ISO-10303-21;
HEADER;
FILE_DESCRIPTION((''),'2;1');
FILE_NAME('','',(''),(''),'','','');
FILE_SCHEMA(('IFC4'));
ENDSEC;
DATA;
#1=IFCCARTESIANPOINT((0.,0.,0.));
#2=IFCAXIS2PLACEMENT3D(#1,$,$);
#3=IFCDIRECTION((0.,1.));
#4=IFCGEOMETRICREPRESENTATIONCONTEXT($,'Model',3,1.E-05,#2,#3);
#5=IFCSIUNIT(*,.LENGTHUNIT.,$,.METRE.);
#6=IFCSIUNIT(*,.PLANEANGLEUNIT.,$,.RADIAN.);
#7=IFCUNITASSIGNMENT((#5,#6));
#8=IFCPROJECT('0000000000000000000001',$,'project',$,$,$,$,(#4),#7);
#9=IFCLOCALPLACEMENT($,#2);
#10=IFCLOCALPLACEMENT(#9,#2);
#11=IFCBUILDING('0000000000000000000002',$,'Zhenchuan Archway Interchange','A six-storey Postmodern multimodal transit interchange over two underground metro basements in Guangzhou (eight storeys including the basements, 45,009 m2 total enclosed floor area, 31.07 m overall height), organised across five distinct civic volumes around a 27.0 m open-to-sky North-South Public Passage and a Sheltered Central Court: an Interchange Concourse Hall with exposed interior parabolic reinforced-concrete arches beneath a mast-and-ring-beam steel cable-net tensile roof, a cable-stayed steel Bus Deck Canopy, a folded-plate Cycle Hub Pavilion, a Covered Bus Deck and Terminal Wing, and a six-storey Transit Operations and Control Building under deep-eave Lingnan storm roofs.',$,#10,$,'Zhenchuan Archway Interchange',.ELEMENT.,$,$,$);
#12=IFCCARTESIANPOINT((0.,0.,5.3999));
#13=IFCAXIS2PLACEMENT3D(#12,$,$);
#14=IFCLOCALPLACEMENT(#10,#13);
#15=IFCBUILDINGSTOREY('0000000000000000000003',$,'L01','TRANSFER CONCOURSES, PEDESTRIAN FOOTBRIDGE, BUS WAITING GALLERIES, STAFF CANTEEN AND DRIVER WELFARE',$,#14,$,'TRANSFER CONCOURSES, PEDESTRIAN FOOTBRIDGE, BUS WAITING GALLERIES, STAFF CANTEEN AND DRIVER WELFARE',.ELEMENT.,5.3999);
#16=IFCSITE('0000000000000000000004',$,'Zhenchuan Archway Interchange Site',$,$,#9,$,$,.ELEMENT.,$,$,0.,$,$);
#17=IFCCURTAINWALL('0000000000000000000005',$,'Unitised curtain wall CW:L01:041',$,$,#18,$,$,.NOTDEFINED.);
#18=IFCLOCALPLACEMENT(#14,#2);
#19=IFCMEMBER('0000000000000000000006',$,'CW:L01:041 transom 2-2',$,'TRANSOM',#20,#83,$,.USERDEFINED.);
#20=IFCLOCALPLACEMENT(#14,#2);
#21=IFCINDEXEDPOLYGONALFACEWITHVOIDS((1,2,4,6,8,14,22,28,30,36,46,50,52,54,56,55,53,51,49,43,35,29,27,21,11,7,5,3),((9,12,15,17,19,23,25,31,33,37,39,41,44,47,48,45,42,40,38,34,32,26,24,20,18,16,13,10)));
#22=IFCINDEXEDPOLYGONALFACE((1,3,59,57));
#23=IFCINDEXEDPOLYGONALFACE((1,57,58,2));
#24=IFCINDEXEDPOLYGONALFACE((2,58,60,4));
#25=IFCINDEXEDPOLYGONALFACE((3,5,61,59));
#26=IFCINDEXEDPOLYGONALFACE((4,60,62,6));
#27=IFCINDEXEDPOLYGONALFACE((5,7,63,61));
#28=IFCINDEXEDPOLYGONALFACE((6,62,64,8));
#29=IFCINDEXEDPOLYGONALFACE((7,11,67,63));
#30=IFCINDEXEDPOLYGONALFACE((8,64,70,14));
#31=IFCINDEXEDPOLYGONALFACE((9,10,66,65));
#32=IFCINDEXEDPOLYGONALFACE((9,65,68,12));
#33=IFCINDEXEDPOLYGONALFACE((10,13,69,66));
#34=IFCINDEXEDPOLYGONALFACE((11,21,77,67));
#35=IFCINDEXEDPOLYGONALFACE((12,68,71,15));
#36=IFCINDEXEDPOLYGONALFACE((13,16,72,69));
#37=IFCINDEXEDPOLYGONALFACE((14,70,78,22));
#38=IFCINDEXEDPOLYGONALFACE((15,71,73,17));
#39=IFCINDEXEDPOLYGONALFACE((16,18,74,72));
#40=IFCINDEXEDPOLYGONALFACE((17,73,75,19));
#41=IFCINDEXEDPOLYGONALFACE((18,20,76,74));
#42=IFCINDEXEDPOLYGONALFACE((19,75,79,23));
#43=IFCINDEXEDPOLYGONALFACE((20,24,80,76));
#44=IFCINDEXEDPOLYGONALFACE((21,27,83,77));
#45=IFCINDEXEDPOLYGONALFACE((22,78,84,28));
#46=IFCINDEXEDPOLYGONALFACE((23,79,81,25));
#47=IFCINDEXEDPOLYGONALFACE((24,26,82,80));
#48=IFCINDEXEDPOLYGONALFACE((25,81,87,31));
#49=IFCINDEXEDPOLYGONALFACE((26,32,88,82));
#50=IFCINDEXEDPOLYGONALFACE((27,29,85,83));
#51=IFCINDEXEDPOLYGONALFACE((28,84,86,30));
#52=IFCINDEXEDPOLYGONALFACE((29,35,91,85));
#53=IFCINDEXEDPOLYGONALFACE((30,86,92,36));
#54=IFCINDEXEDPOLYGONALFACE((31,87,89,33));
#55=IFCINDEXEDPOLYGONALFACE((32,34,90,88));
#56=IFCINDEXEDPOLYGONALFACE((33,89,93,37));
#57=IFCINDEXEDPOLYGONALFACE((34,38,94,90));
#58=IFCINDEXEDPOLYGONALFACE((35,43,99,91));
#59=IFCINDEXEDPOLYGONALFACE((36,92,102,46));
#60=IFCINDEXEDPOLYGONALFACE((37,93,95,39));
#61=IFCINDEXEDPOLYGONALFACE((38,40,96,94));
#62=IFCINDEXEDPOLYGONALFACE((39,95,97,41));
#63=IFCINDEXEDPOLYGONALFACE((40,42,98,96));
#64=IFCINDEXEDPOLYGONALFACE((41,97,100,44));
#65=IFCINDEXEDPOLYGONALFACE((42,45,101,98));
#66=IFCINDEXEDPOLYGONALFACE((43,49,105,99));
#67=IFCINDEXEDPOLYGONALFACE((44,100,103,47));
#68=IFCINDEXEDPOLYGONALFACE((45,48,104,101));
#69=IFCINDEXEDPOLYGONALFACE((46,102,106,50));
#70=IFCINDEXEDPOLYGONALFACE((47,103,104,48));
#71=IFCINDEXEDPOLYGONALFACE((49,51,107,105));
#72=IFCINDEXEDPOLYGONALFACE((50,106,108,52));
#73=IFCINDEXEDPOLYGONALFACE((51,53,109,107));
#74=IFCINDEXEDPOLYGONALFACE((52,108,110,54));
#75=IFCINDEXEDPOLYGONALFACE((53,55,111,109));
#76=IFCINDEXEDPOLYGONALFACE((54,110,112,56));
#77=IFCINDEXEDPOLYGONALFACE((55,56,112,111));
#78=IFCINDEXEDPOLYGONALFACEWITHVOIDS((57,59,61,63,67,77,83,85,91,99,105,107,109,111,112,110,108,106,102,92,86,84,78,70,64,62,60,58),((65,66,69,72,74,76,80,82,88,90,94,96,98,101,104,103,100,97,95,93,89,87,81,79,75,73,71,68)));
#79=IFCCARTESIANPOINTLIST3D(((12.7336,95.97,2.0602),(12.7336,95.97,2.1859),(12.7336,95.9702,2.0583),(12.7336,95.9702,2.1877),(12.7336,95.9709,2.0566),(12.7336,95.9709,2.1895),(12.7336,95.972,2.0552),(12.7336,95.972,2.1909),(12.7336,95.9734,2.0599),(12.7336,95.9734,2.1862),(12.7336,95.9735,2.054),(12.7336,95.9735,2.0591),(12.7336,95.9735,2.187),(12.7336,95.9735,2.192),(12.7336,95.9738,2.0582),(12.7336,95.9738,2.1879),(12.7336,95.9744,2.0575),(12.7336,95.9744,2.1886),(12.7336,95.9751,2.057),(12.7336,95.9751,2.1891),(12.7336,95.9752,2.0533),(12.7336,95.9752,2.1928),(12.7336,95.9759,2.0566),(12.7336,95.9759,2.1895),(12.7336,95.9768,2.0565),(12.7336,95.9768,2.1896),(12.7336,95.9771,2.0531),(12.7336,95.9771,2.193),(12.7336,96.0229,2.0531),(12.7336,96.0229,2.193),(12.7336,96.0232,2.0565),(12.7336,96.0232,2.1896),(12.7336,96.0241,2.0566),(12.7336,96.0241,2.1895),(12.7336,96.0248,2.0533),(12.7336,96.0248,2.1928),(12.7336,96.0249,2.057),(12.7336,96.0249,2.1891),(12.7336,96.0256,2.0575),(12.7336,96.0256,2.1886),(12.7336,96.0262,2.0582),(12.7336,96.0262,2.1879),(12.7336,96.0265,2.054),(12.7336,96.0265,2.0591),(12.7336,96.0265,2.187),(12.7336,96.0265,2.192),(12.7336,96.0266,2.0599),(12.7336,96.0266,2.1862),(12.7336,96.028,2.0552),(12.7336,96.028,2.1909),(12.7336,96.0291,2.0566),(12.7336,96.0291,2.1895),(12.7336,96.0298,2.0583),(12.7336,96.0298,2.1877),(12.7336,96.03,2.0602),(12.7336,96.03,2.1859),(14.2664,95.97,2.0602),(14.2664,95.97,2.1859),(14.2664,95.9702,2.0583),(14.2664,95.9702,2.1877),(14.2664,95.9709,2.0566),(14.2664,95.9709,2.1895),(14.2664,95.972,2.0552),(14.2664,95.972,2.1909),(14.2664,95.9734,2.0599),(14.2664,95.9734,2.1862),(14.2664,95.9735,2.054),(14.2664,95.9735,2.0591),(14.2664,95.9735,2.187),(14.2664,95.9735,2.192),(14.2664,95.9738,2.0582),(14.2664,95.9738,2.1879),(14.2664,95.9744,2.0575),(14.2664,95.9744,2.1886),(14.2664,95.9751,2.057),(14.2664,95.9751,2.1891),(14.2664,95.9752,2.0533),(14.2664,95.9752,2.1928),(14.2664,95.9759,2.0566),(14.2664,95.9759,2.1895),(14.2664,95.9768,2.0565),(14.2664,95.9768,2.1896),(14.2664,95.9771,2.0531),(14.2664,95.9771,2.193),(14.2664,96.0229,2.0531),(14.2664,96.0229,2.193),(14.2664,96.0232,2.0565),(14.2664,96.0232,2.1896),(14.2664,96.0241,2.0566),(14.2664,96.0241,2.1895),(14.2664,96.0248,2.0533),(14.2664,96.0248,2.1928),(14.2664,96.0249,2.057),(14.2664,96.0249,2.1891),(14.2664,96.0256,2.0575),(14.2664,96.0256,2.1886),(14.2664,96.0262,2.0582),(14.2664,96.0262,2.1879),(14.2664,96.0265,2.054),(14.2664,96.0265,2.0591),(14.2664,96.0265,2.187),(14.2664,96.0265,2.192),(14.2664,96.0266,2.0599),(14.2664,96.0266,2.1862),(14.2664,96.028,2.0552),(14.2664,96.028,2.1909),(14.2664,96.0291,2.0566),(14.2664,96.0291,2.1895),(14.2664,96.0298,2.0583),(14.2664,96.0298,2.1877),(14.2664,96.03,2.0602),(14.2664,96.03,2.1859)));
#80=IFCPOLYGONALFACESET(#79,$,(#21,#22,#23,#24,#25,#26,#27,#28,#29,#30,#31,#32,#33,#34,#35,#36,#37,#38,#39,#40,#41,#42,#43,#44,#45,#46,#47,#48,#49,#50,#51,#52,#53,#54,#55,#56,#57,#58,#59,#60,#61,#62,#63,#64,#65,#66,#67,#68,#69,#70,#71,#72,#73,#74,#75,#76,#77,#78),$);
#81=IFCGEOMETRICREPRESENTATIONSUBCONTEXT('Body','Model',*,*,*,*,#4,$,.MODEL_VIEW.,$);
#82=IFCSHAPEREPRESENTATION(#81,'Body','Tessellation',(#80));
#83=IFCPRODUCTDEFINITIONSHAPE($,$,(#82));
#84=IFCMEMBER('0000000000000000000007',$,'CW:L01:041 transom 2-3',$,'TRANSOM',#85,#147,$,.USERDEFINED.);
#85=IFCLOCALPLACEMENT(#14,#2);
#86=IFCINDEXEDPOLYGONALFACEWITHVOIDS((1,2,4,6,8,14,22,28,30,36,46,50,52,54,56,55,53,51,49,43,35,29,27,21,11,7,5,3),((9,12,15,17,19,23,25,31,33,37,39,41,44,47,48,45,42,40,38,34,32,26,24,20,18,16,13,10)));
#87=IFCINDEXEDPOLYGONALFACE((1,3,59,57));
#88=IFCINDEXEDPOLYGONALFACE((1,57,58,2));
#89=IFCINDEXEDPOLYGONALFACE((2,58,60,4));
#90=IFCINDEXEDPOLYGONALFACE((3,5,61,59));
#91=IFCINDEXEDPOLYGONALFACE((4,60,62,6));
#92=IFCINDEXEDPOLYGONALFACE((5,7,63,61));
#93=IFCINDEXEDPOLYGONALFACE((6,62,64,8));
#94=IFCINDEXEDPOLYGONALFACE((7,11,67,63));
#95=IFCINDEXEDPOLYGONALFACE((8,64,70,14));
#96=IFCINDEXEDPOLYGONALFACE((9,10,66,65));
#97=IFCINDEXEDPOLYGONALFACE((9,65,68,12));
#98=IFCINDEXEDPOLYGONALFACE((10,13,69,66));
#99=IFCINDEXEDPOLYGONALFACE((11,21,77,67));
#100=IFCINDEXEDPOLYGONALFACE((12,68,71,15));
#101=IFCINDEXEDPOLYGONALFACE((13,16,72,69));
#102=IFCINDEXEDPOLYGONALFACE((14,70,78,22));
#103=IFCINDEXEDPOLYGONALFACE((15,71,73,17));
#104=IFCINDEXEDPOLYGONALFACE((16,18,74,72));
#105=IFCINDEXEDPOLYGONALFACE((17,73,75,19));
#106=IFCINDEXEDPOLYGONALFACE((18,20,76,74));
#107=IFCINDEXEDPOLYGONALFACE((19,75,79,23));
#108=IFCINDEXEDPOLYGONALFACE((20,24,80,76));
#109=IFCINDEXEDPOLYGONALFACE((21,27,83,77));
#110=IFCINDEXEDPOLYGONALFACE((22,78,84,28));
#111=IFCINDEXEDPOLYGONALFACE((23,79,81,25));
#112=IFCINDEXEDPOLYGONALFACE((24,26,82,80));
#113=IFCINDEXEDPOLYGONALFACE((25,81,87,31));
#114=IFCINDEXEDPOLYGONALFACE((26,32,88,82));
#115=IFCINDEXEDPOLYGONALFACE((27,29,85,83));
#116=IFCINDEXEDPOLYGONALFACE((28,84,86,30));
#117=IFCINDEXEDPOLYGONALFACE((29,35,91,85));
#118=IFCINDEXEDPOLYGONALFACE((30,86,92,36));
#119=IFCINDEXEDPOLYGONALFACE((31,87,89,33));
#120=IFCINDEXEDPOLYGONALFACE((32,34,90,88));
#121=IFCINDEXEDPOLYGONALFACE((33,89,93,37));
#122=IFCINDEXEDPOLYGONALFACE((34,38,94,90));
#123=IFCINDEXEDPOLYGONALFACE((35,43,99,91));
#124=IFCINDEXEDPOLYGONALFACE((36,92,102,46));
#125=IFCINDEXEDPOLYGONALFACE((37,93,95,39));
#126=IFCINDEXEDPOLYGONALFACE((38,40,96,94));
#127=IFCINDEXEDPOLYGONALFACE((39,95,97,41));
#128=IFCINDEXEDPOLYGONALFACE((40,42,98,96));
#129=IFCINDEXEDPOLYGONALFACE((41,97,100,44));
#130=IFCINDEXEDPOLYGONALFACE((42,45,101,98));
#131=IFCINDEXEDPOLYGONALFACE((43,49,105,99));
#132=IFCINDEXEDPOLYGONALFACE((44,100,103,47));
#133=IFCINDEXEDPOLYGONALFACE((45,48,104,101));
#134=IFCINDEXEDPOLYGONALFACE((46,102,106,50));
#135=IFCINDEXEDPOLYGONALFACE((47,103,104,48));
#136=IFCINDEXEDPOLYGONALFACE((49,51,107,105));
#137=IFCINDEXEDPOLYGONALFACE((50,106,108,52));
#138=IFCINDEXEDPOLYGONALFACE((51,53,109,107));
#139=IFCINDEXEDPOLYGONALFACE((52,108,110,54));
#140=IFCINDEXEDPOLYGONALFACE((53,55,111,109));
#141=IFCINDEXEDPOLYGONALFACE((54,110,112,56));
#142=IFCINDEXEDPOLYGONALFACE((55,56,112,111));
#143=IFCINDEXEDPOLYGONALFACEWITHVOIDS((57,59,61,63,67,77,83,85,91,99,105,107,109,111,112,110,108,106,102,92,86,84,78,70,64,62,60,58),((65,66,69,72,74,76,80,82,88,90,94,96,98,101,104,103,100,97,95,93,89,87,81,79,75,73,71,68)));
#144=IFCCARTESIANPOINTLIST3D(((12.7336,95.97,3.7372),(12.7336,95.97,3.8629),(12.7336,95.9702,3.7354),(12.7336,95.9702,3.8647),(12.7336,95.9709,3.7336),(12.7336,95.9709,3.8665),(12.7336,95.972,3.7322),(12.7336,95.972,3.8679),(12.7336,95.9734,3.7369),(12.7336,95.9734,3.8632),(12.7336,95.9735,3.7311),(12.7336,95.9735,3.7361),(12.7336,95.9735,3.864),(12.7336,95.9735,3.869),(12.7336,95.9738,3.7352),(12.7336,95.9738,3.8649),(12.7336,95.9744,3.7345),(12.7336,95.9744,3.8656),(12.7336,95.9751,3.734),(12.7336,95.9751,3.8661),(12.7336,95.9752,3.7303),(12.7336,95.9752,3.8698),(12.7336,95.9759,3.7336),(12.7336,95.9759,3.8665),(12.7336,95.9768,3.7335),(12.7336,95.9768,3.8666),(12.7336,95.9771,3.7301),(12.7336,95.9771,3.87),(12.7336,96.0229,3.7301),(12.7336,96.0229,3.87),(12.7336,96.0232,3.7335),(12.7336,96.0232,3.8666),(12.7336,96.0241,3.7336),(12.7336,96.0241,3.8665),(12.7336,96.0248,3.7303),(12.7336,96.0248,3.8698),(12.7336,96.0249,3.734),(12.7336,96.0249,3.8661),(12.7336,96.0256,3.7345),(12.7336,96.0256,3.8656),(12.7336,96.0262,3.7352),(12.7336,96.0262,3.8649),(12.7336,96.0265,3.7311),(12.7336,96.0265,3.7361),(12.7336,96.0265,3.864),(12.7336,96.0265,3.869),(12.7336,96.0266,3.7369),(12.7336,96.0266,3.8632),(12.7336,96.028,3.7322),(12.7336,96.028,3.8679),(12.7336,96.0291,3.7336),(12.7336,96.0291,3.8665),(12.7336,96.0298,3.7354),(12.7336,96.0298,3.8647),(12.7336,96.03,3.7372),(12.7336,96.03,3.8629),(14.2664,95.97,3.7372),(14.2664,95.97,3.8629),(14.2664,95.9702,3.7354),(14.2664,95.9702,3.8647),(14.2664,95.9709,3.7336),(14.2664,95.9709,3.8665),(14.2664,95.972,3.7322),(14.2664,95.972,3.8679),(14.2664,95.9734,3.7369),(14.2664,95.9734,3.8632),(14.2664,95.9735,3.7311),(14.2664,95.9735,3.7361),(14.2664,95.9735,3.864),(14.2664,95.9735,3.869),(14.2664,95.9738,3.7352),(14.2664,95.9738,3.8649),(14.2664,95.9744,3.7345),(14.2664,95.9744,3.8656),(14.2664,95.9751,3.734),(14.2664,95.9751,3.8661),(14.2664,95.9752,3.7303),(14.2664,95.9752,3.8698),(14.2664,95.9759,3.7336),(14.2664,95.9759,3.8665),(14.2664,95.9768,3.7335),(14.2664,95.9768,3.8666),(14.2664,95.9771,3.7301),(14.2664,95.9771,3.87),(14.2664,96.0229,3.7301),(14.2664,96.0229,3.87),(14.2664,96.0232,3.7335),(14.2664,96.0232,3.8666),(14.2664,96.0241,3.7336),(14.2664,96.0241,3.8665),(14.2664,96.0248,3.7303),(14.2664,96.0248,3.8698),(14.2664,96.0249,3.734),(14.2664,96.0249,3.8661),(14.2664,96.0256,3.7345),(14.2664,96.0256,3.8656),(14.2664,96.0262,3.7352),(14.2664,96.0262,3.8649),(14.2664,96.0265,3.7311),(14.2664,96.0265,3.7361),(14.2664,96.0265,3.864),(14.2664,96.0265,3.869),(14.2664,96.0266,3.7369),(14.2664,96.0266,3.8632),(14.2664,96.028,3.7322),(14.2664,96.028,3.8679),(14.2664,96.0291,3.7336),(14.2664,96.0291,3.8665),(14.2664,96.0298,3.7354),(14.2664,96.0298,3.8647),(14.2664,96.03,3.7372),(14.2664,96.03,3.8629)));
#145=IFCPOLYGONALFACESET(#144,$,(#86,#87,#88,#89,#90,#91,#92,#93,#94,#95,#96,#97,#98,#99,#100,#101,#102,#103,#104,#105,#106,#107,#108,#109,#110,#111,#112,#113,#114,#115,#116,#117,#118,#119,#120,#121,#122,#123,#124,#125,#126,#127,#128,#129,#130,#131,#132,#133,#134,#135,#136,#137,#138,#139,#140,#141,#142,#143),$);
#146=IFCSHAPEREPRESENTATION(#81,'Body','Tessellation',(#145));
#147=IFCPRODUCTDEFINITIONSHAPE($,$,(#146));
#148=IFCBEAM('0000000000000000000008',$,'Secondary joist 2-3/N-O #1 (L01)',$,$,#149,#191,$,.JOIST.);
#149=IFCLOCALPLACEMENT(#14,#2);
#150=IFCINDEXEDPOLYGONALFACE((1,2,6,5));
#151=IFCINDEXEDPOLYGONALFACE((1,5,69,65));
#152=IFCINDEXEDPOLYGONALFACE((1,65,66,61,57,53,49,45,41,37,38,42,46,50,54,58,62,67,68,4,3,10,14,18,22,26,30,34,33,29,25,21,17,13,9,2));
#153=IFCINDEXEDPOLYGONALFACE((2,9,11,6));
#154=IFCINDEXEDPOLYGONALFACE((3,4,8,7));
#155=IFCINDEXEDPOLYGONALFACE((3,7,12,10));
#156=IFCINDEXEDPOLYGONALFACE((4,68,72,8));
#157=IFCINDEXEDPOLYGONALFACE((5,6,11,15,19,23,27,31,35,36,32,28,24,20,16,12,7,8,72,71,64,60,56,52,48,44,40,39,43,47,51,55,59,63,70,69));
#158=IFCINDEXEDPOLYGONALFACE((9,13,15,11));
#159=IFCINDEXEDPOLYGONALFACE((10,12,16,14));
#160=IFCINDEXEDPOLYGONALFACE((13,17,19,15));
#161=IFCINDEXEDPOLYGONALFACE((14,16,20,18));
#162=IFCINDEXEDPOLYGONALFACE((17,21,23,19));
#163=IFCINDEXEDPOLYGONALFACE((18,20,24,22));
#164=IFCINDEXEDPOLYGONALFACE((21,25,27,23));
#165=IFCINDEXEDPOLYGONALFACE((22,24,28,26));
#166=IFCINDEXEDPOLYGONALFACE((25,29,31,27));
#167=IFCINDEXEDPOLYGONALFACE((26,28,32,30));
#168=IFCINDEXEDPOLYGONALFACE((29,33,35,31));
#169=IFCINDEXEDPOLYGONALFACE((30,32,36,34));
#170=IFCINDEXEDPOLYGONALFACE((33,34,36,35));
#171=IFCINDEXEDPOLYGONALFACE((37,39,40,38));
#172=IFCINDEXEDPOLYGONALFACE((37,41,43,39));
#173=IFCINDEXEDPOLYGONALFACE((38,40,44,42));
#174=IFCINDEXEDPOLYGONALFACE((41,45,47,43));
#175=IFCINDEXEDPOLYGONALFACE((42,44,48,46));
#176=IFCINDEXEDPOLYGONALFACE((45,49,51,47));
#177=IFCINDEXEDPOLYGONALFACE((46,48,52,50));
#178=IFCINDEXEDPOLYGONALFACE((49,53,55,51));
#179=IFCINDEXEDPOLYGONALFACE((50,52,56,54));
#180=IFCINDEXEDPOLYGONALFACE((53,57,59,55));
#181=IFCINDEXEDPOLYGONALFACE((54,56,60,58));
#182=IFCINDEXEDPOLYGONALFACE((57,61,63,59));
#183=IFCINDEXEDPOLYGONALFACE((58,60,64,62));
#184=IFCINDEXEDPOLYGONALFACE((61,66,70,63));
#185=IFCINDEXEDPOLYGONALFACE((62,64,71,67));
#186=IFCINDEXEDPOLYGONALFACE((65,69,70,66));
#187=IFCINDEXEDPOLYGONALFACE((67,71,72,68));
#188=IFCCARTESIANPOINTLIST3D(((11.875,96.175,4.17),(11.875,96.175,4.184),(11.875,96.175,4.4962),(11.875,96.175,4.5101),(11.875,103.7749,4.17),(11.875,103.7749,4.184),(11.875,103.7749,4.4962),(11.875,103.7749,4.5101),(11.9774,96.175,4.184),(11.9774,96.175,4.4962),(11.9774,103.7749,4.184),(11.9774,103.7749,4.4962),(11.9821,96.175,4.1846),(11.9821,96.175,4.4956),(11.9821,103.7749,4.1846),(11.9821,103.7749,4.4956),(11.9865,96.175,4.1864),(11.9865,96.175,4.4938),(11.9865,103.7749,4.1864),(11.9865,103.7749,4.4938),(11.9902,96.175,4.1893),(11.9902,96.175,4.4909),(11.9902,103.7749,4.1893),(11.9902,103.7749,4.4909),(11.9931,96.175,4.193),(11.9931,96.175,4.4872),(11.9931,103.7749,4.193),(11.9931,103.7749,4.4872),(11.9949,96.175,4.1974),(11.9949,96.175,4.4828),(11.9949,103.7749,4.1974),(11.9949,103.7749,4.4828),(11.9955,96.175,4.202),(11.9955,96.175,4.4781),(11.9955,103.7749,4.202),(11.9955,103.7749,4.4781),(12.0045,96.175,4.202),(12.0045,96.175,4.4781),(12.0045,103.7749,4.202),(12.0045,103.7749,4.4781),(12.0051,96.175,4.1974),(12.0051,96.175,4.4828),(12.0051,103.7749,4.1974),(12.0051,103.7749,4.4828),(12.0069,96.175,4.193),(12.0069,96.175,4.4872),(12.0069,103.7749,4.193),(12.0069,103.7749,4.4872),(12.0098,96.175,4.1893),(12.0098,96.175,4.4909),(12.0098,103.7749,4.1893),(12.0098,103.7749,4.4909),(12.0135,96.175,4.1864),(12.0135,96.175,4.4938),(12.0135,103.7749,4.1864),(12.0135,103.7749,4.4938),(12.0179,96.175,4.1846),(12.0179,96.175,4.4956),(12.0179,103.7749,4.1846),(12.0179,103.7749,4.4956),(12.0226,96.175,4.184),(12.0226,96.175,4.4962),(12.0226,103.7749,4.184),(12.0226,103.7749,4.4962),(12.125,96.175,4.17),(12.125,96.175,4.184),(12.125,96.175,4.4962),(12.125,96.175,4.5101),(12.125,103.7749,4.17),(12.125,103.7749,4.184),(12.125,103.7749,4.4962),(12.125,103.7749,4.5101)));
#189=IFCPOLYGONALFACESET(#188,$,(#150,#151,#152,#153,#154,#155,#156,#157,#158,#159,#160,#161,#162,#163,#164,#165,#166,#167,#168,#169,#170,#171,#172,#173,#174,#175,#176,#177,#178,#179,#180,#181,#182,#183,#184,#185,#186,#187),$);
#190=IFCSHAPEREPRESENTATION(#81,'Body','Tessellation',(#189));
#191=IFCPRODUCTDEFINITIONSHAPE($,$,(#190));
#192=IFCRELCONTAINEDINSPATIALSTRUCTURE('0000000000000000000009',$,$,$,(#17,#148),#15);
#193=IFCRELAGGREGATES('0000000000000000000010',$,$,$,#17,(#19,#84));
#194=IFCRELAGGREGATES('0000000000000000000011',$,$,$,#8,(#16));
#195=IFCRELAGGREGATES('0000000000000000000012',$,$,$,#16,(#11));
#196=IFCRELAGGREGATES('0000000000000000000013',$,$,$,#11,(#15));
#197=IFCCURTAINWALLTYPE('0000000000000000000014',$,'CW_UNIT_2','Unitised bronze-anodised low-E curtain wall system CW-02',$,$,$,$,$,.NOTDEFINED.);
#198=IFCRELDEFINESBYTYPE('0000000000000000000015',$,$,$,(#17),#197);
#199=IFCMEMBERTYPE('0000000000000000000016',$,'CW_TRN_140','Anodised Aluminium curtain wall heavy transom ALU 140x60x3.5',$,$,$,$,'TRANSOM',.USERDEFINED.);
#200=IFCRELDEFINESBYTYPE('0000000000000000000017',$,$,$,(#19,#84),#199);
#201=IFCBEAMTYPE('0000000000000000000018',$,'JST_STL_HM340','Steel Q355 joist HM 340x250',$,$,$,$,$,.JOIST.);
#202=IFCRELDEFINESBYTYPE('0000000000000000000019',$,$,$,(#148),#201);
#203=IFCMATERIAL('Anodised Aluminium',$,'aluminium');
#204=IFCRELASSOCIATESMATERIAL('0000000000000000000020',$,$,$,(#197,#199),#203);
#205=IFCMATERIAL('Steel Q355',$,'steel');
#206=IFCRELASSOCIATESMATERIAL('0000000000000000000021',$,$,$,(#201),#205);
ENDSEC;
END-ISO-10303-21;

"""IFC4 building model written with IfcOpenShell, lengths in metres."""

from ifc_helpers import new_model, si_unit, direction, frame, origin, origin_2d, place, context, subcontext, project, spatial, hollow_rectangle, i_section, extrude, material, material_profile, profile_set, type_object, element, aggregate, save


model = new_model("IFC4")

# Units and contexts
model_context = context("Model", 3, precision=1e-05, world=origin(), true_north=direction((0.0, 1.0)))
body_context = subcontext(model_context, "Body", "Model", "MODEL_VIEW")
ifc_project = project(units=[si_unit("LENGTHUNIT", "METRE"), si_unit("PLANEANGLEUNIT", "RADIAN")], contexts=[model_context])

# Site, building, storey
site_placement = place(None, origin())
site = spatial("IfcSite", under=ifc_project, at=site_placement, Name="Zhenchuan Archway Interchange Site", CompositionType="ELEMENT", RefElevation=0.0)
building_placement = place(site_placement, origin())
building = spatial("IfcBuilding", under=site, at=building_placement, Name="Zhenchuan Archway Interchange", Description="A six-storey Postmodern multimodal transit interchange over two underground metro basements in Guangzhou (eight storeys including the basements, 45,009 m2 total enclosed floor area, 31.07 m overall height), organised across five distinct civic volumes around a 27.0 m open-to-sky North-South Public Passage and a Sheltered Central Court: an Interchange Concourse Hall with exposed interior parabolic reinforced-concrete arches beneath a mast-and-ring-beam steel cable-net tensile roof, a cable-stayed steel Bus Deck Canopy, a folded-plate Cycle Hub Pavilion, a Covered Bus Deck and Terminal Wing, and a six-storey Transit Operations and Control Building under deep-eave Lingnan storm roofs.", LongName="Zhenchuan Archway Interchange", CompositionType="ELEMENT")
storey_placement = place(building_placement, frame((0.0, 0.0, 5.3999)))
storey = spatial("IfcBuildingStorey", under=building, at=storey_placement, Name="L01", Description="TRANSFER CONCOURSES, PEDESTRIAN FOOTBRIDGE, BUS WAITING GALLERIES, STAFF CANTEEN AND DRIVER WELFARE", LongName="TRANSFER CONCOURSES, PEDESTRIAN FOOTBRIDGE, BUS WAITING GALLERIES, STAFF CANTEEN AND DRIVER WELFARE", CompositionType="ELEMENT", Elevation=5.3999)

# Curtain wall, members
ifc_material_1 = material(Name="Anodised Aluminium", Category="aluminium")
curtain_wall_type = type_object("IfcCurtainWallType", Name="CW_UNIT_2", Description="Unitised bronze-anodised low-E curtain wall system CW-02", PredefinedType="NOTDEFINED", material=ifc_material_1)
curtain_wall_placement = place(storey_placement, origin())
curtain_wall = element("IfcCurtainWall", 1, at=curtain_wall_placement, inside=storey, type_object=curtain_wall_type, Name="Unitised curtain wall CW:L01:041", PredefinedType="NOTDEFINED")
ifc_material_profile_1 = material_profile(ifc_material_1, hollow_rectangle(XDim=0.0601, YDim=0.1399, WallThickness=0.0034, InnerFilletRadius=0.0034, OuterFilletRadius=0.0071, at=origin_2d()), Name="ALU 140x60x3.5")
ifc_profile_set_1 = profile_set([ifc_material_profile_1], Name="Anodised Aluminium")
member_type_1 = type_object("IfcMemberType", Name="CW_TRN_140", Description="Anodised Aluminium curtain wall heavy transom ALU 140x60x3.5", ElementType="TRANSOM", PredefinedType="USERDEFINED", material=ifc_profile_set_1)
member_1_placement = place(storey_placement, frame((14.2664, 96.0, 2.123), z_axis=(-1.0, 0.0, 0.0), x_axis=(0.0, -1.0, 0.0)))
member_1 = element("IfcMember", 2, at=member_1_placement, type_object=member_type_1, Name="CW:L01:041 transom 2-2", ObjectType="TRANSOM", PredefinedType="USERDEFINED", context=body_context, shape_type="SweptSolid", body=[
    extrude(hollow_rectangle(XDim=0.0601, YDim=0.1399, WallThickness=0.0034, InnerFilletRadius=0.0034, OuterFilletRadius=0.0071, at=origin_2d()), origin(), (0.0, 0.0, 1.0), 1.5327),
])
member_2_placement = place(storey_placement, frame((14.2664, 96.0, 3.8), z_axis=(-1.0, 0.0, 0.0), x_axis=(0.0, -1.0, 0.0)))
member_2 = element("IfcMember", 3, at=member_2_placement, type_object=member_type_1, Name="CW:L01:041 transom 2-3", ObjectType="TRANSOM", PredefinedType="USERDEFINED", context=body_context, shape_type="SweptSolid", body=[
    extrude(hollow_rectangle(XDim=0.0601, YDim=0.1399, WallThickness=0.0034, InnerFilletRadius=0.0034, OuterFilletRadius=0.0071, at=origin_2d()), origin(), (0.0, 0.0, 1.0), 1.5327),
])

# Beam
ifc_material_2 = material(Name="Steel Q355", Category="steel")
ifc_material_profile_2 = material_profile(ifc_material_2, i_section(OverallWidth=0.25, OverallDepth=0.3401, WebThickness=0.009, FlangeThickness=0.0139, FilletRadius=0.0181, at=origin_2d()), Name="HM 340x250")
ifc_profile_set_2 = profile_set([ifc_material_profile_2], Name="Steel Q355")
beam_type_1 = type_object("IfcBeamType", Name="JST_STL_HM340", Description="Steel Q355 joist HM 340x250", PredefinedType="JOIST", material=ifc_profile_set_2)
for number, where, z_axis, x_axis, name in (
    (4, (12.0, 96.175, 4.3401), (0.0, 1.0, 0.0), (-1.0, 0.0, 0.0), "Secondary joist 2-3/N-O #1 (L01)"),
):
    element("IfcBeam", number, at=place(storey_placement, frame(where, z_axis=z_axis, x_axis=x_axis)), inside=storey, type_object=beam_type_1, Name=name, PredefinedType="JOIST", context=body_context, shape_type="SweptSolid", body=[
        extrude(i_section(OverallWidth=0.25, OverallDepth=0.3401, WebThickness=0.009, FlangeThickness=0.0139, FilletRadius=0.0181, at=origin_2d()), origin(), (0.0, 0.0, 1.0), 7.5999),
    ])

aggregate(curtain_wall, [member_1, member_2])

save(model, "model.ifc")
